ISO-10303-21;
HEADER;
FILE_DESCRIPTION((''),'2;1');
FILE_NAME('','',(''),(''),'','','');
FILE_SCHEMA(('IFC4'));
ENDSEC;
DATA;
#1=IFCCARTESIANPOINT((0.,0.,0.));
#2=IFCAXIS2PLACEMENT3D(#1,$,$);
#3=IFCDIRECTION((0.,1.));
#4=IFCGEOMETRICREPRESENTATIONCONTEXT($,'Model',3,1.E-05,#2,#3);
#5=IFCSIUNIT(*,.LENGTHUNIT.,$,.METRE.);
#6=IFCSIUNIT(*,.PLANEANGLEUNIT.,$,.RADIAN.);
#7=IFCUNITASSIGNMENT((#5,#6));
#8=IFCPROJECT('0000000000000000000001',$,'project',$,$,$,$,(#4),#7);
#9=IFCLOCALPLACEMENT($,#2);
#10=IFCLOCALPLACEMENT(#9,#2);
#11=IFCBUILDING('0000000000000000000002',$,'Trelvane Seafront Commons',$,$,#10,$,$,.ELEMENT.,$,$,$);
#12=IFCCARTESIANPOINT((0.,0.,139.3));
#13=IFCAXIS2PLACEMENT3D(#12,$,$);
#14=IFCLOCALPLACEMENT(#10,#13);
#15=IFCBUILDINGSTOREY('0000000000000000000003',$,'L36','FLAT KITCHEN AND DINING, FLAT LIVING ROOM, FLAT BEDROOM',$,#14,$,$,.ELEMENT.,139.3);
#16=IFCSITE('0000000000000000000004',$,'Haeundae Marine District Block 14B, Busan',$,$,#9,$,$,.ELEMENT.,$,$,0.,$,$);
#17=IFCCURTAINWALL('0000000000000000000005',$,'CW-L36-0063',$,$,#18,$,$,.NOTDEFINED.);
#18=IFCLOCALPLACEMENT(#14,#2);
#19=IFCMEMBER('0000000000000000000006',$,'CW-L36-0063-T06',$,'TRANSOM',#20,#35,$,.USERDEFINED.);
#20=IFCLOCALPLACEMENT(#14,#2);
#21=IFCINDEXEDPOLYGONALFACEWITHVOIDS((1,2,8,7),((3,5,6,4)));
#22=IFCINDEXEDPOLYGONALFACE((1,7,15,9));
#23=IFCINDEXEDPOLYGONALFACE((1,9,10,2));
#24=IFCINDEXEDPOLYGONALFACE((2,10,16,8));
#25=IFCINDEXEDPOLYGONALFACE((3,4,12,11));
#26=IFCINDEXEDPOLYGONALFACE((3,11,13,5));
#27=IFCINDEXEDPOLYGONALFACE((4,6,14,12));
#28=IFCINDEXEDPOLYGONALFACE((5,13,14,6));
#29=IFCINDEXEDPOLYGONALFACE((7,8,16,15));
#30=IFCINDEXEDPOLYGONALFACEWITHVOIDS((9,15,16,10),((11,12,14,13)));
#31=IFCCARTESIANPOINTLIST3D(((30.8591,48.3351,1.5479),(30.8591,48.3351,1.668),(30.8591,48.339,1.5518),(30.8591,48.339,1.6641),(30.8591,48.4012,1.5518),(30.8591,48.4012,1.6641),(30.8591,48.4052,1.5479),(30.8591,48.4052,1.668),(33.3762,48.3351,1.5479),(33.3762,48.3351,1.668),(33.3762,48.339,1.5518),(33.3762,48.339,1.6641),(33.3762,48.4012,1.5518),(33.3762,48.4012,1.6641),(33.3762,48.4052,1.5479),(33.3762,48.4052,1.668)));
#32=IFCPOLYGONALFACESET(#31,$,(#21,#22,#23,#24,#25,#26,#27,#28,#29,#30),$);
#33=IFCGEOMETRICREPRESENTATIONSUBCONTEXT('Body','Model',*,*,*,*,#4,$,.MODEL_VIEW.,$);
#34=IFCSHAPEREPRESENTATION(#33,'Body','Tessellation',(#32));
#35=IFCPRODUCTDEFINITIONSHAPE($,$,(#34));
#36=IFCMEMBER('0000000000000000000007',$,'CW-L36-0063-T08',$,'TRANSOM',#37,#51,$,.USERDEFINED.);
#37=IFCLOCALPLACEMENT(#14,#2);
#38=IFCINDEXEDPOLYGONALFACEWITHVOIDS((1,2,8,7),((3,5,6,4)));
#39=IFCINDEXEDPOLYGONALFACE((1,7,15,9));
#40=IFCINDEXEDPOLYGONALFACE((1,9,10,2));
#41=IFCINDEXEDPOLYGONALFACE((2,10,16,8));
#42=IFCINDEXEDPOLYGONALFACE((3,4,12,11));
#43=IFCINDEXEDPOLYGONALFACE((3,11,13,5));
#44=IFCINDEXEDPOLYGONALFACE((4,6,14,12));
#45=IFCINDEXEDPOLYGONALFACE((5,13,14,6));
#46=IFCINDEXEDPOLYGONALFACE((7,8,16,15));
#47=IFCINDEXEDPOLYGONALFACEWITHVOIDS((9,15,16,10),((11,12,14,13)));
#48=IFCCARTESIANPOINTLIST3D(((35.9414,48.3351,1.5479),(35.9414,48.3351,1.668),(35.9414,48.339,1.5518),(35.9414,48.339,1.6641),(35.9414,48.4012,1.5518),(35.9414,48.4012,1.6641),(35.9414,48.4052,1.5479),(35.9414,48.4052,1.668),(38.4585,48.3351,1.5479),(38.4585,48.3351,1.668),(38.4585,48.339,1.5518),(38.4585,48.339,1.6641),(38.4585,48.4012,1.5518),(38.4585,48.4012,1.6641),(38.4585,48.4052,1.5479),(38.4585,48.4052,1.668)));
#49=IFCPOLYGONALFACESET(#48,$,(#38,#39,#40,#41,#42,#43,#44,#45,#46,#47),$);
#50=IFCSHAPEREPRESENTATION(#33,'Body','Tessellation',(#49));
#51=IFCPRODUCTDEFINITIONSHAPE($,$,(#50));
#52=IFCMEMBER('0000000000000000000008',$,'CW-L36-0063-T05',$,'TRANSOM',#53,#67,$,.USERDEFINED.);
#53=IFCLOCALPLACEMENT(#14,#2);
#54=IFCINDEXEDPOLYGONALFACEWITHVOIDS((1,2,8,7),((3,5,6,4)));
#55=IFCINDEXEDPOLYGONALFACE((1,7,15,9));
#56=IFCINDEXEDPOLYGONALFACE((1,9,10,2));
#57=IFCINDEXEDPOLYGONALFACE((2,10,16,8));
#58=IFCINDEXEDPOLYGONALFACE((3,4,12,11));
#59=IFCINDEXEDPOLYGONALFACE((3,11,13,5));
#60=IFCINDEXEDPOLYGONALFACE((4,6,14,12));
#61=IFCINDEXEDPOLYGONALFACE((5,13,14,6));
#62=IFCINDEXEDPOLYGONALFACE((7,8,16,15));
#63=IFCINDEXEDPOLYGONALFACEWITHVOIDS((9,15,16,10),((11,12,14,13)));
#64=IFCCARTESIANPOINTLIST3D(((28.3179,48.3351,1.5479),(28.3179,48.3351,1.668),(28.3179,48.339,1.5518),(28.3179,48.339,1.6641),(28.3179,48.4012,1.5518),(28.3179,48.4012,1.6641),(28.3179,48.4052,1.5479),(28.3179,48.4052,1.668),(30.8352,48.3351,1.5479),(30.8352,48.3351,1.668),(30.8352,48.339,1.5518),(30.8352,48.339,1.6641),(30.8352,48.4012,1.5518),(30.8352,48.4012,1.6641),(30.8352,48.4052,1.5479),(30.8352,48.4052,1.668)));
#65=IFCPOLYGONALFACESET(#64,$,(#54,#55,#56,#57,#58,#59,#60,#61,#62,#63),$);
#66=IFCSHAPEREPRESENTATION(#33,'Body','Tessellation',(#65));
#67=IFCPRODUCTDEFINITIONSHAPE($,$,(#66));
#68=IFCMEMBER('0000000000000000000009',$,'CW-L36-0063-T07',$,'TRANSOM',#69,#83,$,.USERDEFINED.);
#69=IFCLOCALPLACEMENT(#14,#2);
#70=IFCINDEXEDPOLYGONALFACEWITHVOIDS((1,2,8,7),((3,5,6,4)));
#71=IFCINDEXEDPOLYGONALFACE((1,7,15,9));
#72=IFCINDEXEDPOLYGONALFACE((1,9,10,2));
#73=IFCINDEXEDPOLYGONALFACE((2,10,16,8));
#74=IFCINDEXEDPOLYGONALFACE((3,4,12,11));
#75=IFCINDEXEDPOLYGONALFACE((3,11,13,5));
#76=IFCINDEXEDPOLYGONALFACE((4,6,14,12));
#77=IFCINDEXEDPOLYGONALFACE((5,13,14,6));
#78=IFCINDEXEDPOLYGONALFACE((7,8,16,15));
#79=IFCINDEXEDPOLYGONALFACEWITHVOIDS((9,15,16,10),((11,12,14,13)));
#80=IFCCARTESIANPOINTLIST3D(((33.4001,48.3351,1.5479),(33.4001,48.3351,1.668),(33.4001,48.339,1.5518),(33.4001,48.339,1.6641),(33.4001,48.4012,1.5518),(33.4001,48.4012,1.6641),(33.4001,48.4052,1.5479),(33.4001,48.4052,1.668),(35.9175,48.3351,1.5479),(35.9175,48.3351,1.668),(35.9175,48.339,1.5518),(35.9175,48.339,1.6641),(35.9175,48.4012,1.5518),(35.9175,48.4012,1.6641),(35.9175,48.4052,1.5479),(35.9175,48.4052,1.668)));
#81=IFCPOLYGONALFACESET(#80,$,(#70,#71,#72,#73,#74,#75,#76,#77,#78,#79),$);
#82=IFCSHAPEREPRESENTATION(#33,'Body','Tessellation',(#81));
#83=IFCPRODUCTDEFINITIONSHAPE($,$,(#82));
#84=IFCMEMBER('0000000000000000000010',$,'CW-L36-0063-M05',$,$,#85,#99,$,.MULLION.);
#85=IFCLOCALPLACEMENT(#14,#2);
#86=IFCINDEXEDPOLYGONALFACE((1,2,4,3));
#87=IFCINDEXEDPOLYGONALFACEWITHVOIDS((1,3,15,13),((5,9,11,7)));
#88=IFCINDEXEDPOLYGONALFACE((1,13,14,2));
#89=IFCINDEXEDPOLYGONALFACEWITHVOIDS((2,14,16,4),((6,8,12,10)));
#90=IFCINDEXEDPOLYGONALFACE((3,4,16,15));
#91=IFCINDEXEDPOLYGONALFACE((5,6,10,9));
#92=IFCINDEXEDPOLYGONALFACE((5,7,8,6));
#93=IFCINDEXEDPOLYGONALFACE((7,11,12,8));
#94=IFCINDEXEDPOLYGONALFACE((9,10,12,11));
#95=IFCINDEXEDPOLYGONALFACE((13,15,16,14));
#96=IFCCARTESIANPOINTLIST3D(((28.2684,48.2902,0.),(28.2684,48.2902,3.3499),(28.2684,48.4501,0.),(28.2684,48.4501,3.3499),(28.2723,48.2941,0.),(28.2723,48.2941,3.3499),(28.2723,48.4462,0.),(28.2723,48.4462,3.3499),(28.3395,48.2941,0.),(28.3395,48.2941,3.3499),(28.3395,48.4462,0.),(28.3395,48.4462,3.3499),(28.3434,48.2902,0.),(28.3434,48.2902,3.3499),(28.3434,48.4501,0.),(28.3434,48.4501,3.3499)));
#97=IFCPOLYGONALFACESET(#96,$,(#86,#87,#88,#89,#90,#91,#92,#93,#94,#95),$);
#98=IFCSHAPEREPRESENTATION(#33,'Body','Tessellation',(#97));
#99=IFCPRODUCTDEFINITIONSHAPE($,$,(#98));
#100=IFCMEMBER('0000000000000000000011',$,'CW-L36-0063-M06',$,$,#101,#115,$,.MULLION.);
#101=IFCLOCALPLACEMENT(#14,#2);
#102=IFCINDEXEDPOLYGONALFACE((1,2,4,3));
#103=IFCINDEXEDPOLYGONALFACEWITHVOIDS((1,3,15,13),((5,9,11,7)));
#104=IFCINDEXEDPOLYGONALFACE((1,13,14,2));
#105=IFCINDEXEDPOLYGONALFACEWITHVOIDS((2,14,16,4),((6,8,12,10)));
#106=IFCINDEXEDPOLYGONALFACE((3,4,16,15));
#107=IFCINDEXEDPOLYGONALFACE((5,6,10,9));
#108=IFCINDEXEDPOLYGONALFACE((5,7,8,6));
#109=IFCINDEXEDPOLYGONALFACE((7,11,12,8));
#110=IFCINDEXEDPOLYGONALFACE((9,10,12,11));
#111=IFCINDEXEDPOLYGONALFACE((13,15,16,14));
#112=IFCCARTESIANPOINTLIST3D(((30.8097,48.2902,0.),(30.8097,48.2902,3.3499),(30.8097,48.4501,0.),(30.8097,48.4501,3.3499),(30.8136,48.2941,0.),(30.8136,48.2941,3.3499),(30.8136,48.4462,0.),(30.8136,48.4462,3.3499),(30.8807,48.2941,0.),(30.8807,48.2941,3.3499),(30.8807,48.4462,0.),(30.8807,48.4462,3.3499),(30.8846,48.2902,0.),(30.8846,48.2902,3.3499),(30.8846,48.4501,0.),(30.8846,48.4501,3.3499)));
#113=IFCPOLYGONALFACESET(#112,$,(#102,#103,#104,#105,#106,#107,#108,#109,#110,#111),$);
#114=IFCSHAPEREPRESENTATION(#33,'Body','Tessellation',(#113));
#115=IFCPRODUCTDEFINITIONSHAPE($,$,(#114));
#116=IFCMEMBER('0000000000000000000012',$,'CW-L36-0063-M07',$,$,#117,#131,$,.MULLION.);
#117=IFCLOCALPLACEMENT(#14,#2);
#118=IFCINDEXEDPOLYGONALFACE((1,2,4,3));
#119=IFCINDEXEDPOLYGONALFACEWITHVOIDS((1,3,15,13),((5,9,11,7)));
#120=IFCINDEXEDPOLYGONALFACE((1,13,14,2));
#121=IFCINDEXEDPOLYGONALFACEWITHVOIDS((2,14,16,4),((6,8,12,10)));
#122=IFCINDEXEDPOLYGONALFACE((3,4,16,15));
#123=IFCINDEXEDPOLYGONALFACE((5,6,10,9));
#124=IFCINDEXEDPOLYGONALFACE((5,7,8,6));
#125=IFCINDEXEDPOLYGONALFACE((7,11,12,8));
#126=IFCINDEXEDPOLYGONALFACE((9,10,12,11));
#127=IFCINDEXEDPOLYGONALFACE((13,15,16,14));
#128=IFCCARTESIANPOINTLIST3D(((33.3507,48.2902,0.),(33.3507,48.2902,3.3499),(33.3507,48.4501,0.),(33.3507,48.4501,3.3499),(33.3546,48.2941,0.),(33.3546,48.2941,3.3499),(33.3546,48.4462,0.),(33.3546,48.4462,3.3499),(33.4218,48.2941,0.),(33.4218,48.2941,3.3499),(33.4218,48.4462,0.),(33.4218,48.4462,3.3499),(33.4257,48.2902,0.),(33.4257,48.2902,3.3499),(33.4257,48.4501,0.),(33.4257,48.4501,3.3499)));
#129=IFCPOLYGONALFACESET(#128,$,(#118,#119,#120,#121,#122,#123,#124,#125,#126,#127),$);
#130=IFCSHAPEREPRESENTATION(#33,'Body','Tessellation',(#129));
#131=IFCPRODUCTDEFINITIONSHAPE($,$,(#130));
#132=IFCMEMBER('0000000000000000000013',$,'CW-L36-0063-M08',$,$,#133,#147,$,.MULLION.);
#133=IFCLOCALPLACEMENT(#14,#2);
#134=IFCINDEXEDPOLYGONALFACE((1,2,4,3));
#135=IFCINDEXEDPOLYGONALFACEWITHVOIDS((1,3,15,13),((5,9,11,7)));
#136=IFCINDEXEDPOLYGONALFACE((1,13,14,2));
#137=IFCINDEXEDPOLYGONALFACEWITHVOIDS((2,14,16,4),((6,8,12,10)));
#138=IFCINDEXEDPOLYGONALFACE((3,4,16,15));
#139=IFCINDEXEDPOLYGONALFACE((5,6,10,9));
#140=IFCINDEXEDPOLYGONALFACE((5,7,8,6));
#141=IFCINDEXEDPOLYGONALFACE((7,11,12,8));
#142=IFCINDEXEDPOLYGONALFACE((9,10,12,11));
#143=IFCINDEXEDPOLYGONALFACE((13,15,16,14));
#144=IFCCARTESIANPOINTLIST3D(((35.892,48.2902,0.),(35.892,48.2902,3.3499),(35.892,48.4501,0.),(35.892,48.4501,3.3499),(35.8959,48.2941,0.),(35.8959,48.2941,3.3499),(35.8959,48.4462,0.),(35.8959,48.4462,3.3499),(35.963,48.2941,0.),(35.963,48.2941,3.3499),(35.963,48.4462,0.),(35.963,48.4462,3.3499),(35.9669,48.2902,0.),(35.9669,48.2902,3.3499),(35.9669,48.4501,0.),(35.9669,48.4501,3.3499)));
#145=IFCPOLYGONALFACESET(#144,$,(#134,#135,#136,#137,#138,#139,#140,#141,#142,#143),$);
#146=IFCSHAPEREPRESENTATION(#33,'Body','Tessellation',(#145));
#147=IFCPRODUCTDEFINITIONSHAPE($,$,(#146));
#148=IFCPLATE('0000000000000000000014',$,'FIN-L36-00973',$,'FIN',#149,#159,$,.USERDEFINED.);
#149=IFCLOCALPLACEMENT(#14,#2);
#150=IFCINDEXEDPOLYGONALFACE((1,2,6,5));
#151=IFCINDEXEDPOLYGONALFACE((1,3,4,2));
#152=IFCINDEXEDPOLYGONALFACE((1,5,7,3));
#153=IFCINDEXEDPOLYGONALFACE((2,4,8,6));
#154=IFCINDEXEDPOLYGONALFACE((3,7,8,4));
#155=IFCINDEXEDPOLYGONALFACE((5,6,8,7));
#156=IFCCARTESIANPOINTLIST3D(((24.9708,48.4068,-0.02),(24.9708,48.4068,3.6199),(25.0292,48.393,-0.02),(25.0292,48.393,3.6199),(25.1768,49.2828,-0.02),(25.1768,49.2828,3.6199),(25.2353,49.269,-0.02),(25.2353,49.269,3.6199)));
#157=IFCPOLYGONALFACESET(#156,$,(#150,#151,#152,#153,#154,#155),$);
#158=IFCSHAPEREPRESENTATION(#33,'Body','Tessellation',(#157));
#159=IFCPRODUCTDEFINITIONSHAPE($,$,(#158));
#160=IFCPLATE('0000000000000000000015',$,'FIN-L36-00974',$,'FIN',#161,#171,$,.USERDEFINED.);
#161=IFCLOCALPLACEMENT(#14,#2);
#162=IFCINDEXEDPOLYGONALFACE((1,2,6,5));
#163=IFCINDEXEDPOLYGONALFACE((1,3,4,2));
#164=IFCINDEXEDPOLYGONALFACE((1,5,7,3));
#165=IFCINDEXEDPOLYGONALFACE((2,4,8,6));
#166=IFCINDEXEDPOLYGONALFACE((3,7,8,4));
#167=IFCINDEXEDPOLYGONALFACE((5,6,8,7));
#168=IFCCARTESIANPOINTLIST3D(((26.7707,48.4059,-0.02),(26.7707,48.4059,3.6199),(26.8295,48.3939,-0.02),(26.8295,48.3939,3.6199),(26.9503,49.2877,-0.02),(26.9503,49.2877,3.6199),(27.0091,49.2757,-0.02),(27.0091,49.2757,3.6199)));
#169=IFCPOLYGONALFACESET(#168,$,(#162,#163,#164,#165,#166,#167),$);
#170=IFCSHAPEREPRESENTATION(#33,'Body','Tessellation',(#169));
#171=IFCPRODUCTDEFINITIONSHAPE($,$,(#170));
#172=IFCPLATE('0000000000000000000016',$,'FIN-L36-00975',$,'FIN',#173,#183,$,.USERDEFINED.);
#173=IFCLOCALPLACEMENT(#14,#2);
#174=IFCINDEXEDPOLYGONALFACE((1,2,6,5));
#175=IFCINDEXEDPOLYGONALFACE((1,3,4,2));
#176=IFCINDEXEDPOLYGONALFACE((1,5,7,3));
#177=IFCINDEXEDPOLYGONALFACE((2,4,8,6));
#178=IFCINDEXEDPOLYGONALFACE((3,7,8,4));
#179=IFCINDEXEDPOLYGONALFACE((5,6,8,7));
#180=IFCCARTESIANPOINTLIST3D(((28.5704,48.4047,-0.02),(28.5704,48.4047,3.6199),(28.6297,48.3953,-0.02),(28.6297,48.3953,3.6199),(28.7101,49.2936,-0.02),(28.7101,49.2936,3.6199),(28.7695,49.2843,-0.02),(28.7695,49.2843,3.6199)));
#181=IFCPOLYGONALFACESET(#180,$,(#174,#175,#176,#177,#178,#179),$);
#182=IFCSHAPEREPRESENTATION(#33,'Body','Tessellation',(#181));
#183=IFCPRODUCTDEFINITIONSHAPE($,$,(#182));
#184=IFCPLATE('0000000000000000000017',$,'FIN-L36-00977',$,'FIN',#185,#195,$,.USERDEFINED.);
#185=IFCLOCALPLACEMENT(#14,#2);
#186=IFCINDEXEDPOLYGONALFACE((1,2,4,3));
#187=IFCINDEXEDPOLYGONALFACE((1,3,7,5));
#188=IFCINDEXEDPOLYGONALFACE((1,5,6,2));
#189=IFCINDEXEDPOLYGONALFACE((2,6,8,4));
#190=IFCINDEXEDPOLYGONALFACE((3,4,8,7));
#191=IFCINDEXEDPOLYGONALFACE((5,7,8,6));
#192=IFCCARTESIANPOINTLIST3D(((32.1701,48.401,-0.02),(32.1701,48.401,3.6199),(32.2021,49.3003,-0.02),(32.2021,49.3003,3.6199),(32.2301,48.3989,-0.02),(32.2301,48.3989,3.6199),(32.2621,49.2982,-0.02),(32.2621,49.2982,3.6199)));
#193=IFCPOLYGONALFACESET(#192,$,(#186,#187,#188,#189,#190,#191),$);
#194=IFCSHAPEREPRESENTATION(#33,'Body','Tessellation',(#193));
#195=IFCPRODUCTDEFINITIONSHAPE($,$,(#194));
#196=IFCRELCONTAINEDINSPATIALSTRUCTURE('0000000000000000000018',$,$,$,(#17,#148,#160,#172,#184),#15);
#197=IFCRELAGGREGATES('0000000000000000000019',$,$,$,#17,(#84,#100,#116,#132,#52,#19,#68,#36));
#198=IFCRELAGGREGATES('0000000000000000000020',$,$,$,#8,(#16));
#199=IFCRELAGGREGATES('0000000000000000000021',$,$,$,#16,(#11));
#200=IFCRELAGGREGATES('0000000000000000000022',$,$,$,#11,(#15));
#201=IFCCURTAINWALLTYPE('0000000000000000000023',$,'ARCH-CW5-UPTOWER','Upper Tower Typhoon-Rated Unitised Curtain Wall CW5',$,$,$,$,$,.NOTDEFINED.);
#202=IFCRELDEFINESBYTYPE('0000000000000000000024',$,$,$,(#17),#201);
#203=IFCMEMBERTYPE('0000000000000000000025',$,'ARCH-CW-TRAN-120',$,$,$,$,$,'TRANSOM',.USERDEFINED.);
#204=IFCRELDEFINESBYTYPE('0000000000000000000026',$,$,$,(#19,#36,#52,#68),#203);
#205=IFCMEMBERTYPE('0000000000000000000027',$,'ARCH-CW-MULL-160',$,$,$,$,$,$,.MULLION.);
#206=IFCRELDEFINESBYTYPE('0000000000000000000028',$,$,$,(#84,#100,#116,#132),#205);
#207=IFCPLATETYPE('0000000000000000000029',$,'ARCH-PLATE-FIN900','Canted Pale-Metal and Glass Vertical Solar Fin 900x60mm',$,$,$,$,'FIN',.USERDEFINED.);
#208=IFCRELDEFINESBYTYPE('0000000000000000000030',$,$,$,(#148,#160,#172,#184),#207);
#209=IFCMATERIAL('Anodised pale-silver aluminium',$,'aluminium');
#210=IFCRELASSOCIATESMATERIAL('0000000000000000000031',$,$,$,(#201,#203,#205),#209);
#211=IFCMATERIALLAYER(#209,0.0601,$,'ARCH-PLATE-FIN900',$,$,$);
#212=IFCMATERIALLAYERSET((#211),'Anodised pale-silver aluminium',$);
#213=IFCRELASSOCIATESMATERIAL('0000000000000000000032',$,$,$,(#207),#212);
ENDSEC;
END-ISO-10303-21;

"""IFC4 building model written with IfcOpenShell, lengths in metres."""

from ifc_helpers import new_model, si_unit, direction, frame, origin, origin_2d, place, context, subcontext, project, spatial, rectangle, hollow_rectangle, extrude, source, transform, mapped, material, layer, layer_set, material_profile, profile_set, type_object, element, aggregate, save


model = new_model("IFC4")

# Units and contexts
model_context = context("Model", 3, precision=1e-05, world=origin(), true_north=direction((0.0, 1.0)))
body_context = subcontext(model_context, "Body", "Model", "MODEL_VIEW")
ifc_project = project(units=[si_unit("LENGTHUNIT", "METRE"), si_unit("PLANEANGLEUNIT", "RADIAN")], contexts=[model_context])

# Site, building, storey
site_placement = place(None, origin())
site = spatial("IfcSite", under=ifc_project, at=site_placement, Name="Haeundae Marine District Block 14B, Busan", CompositionType="ELEMENT", RefElevation=0.0)
building_placement = place(site_placement, origin())
building = spatial("IfcBuilding", under=site, at=building_placement, Name="Trelvane Seafront Commons", CompositionType="ELEMENT")
storey_placement = place(building_placement, frame((0.0, 0.0, 139.3)))
storey = spatial("IfcBuildingStorey", under=building, at=storey_placement, Name="L36", Description="FLAT KITCHEN AND DINING, FLAT LIVING ROOM, FLAT BEDROOM", CompositionType="ELEMENT", Elevation=139.3)

# Curtain wall, members
ifc_material_1 = material(Name="Anodised pale-silver aluminium", Category="aluminium")
curtain_wall_type = type_object("IfcCurtainWallType", Name="ARCH-CW5-UPTOWER", Description="Upper Tower Typhoon-Rated Unitised Curtain Wall CW5", PredefinedType="NOTDEFINED", material=ifc_material_1)
curtain_wall_placement = place(storey_placement, origin())
curtain_wall = element("IfcCurtainWall", 1, at=curtain_wall_placement, inside=storey, type_object=curtain_wall_type, Name="CW-L36-0063", PredefinedType="NOTDEFINED")
ifc_material_profile_1 = material_profile(ifc_material_1, hollow_rectangle(XDim=0.0701, YDim=0.1201, WallThickness=0.0039, at=origin_2d()), Name="TRAN-70x120x4")
ifc_profile_set_1 = profile_set([ifc_material_profile_1], Name="Anodised pale-silver aluminium")
member_type_1 = type_object("IfcMemberType", Name="ARCH-CW-TRAN-120", ElementType="TRANSOM", PredefinedType="USERDEFINED", material=ifc_profile_set_1)
shared_shape_1 = source(origin(), body_context, "Body", "SweptSolid", [
    extrude(hollow_rectangle(XDim=0.0701, YDim=0.1201, WallThickness=0.0039, at=origin_2d()), origin(), (0.0, 0.0, 1.0), 2.5171),
])
member_1_placement = place(storey_placement, frame((30.8591, 48.3701, 1.6079), z_axis=(1.0, 0.0, 0.0), x_axis=(0.0, 1.0, 0.0)))
member_1 = element("IfcMember", 2, at=member_1_placement, type_object=member_type_1, Name="CW-L36-0063-T06", ObjectType="TRANSOM", PredefinedType="USERDEFINED", context=body_context, shape_type="MappedRepresentation", body=[
    mapped(shared_shape_1, transform((0.0, 0.0, 0.0), x_axis=(1.0, 0.0, 0.0), y_axis=(0.0, 1.0, 0.0), z_axis=(0.0, 0.0, 1.0), scale=1.0)),
])
member_2_placement = place(storey_placement, frame((35.9414, 48.3701, 1.6079), z_axis=(1.0, 0.0, 0.0), x_axis=(0.0, 1.0, 0.0)))
member_2 = element("IfcMember", 3, at=member_2_placement, type_object=member_type_1, Name="CW-L36-0063-T08", ObjectType="TRANSOM", PredefinedType="USERDEFINED", context=body_context, shape_type="MappedRepresentation", body=[
    mapped(shared_shape_1, transform((0.0, 0.0, 0.0), x_axis=(1.0, 0.0, 0.0), y_axis=(0.0, 1.0, 0.0), z_axis=(0.0, 0.0, 1.0), scale=1.0)),
])
shared_shape_2 = source(origin(), body_context, "Body", "SweptSolid", [
    extrude(hollow_rectangle(XDim=0.0701, YDim=0.1201, WallThickness=0.0039, at=origin_2d()), origin(), (0.0, 0.0, 1.0), 2.5173),
])
member_3_placement = place(storey_placement, frame((28.3179, 48.3701, 1.6079), z_axis=(1.0, 0.0, 0.0), x_axis=(0.0, 1.0, 0.0)))
member_3 = element("IfcMember", 4, at=member_3_placement, type_object=member_type_1, Name="CW-L36-0063-T05", ObjectType="TRANSOM", PredefinedType="USERDEFINED", context=body_context, shape_type="MappedRepresentation", body=[
    mapped(shared_shape_2, transform((0.0, 0.0, 0.0), x_axis=(1.0, 0.0, 0.0), y_axis=(0.0, 1.0, 0.0), z_axis=(0.0, 0.0, 1.0), scale=1.0)),
])
member_4_placement = place(storey_placement, frame((33.4001, 48.3701, 1.6079), z_axis=(1.0, 0.0, 0.0), x_axis=(0.0, 1.0, 0.0)))
member_4 = element("IfcMember", 5, at=member_4_placement, type_object=member_type_1, Name="CW-L36-0063-T07", ObjectType="TRANSOM", PredefinedType="USERDEFINED", context=body_context, shape_type="MappedRepresentation", body=[
    mapped(shared_shape_2, transform((0.0, 0.0, 0.0), x_axis=(1.0, 0.0, 0.0), y_axis=(0.0, 1.0, 0.0), z_axis=(0.0, 0.0, 1.0), scale=1.0)),
])
ifc_material_profile_2 = material_profile(ifc_material_1, hollow_rectangle(XDim=0.075, YDim=0.1599, WallThickness=0.0039, at=origin_2d()), Name="MULL-75x160x4")
ifc_profile_set_2 = profile_set([ifc_material_profile_2], Name="Anodised pale-silver aluminium")
member_type_2 = type_object("IfcMemberType", Name="ARCH-CW-MULL-160", PredefinedType="MULLION", material=ifc_profile_set_2)
shared_shape_3 = source(origin(), body_context, "Body", "SweptSolid", [
    extrude(hollow_rectangle(XDim=0.075, YDim=0.1599, WallThickness=0.0039, at=origin_2d()), origin(), (0.0, 0.0, 1.0), 3.3499),
])
member_5_placement = place(storey_placement, frame((28.3059, 48.3701, 0.0), z_axis=(0.0, 0.0, 1.0), x_axis=(1.0, 0.0, 0.0)))
member_5 = element("IfcMember", 6, at=member_5_placement, type_object=member_type_2, Name="CW-L36-0063-M05", PredefinedType="MULLION", context=body_context, shape_type="MappedRepresentation", body=[
    mapped(shared_shape_3, transform((0.0, 0.0, 0.0), x_axis=(1.0, 0.0, 0.0), y_axis=(0.0, 1.0, 0.0), z_axis=(0.0, 0.0, 1.0), scale=1.0)),
])
member_6_placement = place(storey_placement, frame((30.8472, 48.3701, 0.0), z_axis=(0.0, 0.0, 1.0), x_axis=(1.0, 0.0, 0.0)))
member_6 = element("IfcMember", 7, at=member_6_placement, type_object=member_type_2, Name="CW-L36-0063-M06", PredefinedType="MULLION", context=body_context, shape_type="MappedRepresentation", body=[
    mapped(shared_shape_3, transform((0.0, 0.0, 0.0), x_axis=(1.0, 0.0, 0.0), y_axis=(0.0, 1.0, 0.0), z_axis=(0.0, 0.0, 1.0), scale=1.0)),
])
member_7_placement = place(storey_placement, frame((33.3882, 48.3701, 0.0), z_axis=(0.0, 0.0, 1.0), x_axis=(1.0, 0.0, 0.0)))
member_7 = element("IfcMember", 8, at=member_7_placement, type_object=member_type_2, Name="CW-L36-0063-M07", PredefinedType="MULLION", context=body_context, shape_type="MappedRepresentation", body=[
    mapped(shared_shape_3, transform((0.0, 0.0, 0.0), x_axis=(1.0, 0.0, 0.0), y_axis=(0.0, 1.0, 0.0), z_axis=(0.0, 0.0, 1.0), scale=1.0)),
])
member_8_placement = place(storey_placement, frame((35.9294, 48.3701, 0.0), z_axis=(0.0, 0.0, 1.0), x_axis=(1.0, 0.0, 0.0)))
member_8 = element("IfcMember", 9, at=member_8_placement, type_object=member_type_2, Name="CW-L36-0063-M08", PredefinedType="MULLION", context=body_context, shape_type="MappedRepresentation", body=[
    mapped(shared_shape_3, transform((0.0, 0.0, 0.0), x_axis=(1.0, 0.0, 0.0), y_axis=(0.0, 1.0, 0.0), z_axis=(0.0, 0.0, 1.0), scale=1.0)),
])

# Plates
ifc_layer_1 = layer(ifc_material_1, 0.0601, Name="ARCH-PLATE-FIN900")
ifc_layer_set_1 = layer_set([ifc_layer_1], Name="Anodised pale-silver aluminium")
plate_type_1 = type_object("IfcPlateType", Name="ARCH-PLATE-FIN900", Description="Canted Pale-Metal and Glass Vertical Solar Fin 900x60mm", ElementType="FIN", PredefinedType="USERDEFINED", material=ifc_layer_set_1)
shared_shape_4 = source(origin(), body_context, "Body", "SweptSolid", [
    extrude(rectangle(XDim=0.8999, YDim=0.0601, at=origin_2d()), origin(), (0.0, 0.0, 1.0), 3.6399),
])
for number, where, z_axis, x_axis, name in (
    (10, (25.103, 48.8379, -0.02), (0.0, 0.0, 1.0), (0.228997, 0.973427, 0.0), "FIN-L36-00973"),
    (11, (26.8899, 48.8408, -0.02), (0.0, 0.0, 1.0), (0.199554, 0.979887, 0.0), "FIN-L36-00974"),
    (12, (28.6699, 48.8445, -0.02), (0.0, 0.0, 1.0), (0.155329, 0.987863, 0.0), "FIN-L36-00975"),
    (13, (32.2161, 48.8496, -0.02), (0.0, 0.0, 1.0), (0.035557, 0.999368, 0.0), "FIN-L36-00977"),
):
    element("IfcPlate", number, at=place(storey_placement, frame(where, z_axis=z_axis, x_axis=x_axis)), inside=storey, type_object=plate_type_1, Name=name, ObjectType="FIN", PredefinedType="USERDEFINED", context=body_context, shape_type="MappedRepresentation", body=[
        mapped(shared_shape_4, transform((0.0, 0.0, 0.0), x_axis=(1.0, 0.0, 0.0), y_axis=(0.0, 1.0, 0.0), z_axis=(0.0, 0.0, 1.0), scale=1.0)),
    ])

aggregate(curtain_wall, [member_5, member_6, member_7, member_8, member_3, member_1, member_4, member_2])

save(model, "model.ifc")
